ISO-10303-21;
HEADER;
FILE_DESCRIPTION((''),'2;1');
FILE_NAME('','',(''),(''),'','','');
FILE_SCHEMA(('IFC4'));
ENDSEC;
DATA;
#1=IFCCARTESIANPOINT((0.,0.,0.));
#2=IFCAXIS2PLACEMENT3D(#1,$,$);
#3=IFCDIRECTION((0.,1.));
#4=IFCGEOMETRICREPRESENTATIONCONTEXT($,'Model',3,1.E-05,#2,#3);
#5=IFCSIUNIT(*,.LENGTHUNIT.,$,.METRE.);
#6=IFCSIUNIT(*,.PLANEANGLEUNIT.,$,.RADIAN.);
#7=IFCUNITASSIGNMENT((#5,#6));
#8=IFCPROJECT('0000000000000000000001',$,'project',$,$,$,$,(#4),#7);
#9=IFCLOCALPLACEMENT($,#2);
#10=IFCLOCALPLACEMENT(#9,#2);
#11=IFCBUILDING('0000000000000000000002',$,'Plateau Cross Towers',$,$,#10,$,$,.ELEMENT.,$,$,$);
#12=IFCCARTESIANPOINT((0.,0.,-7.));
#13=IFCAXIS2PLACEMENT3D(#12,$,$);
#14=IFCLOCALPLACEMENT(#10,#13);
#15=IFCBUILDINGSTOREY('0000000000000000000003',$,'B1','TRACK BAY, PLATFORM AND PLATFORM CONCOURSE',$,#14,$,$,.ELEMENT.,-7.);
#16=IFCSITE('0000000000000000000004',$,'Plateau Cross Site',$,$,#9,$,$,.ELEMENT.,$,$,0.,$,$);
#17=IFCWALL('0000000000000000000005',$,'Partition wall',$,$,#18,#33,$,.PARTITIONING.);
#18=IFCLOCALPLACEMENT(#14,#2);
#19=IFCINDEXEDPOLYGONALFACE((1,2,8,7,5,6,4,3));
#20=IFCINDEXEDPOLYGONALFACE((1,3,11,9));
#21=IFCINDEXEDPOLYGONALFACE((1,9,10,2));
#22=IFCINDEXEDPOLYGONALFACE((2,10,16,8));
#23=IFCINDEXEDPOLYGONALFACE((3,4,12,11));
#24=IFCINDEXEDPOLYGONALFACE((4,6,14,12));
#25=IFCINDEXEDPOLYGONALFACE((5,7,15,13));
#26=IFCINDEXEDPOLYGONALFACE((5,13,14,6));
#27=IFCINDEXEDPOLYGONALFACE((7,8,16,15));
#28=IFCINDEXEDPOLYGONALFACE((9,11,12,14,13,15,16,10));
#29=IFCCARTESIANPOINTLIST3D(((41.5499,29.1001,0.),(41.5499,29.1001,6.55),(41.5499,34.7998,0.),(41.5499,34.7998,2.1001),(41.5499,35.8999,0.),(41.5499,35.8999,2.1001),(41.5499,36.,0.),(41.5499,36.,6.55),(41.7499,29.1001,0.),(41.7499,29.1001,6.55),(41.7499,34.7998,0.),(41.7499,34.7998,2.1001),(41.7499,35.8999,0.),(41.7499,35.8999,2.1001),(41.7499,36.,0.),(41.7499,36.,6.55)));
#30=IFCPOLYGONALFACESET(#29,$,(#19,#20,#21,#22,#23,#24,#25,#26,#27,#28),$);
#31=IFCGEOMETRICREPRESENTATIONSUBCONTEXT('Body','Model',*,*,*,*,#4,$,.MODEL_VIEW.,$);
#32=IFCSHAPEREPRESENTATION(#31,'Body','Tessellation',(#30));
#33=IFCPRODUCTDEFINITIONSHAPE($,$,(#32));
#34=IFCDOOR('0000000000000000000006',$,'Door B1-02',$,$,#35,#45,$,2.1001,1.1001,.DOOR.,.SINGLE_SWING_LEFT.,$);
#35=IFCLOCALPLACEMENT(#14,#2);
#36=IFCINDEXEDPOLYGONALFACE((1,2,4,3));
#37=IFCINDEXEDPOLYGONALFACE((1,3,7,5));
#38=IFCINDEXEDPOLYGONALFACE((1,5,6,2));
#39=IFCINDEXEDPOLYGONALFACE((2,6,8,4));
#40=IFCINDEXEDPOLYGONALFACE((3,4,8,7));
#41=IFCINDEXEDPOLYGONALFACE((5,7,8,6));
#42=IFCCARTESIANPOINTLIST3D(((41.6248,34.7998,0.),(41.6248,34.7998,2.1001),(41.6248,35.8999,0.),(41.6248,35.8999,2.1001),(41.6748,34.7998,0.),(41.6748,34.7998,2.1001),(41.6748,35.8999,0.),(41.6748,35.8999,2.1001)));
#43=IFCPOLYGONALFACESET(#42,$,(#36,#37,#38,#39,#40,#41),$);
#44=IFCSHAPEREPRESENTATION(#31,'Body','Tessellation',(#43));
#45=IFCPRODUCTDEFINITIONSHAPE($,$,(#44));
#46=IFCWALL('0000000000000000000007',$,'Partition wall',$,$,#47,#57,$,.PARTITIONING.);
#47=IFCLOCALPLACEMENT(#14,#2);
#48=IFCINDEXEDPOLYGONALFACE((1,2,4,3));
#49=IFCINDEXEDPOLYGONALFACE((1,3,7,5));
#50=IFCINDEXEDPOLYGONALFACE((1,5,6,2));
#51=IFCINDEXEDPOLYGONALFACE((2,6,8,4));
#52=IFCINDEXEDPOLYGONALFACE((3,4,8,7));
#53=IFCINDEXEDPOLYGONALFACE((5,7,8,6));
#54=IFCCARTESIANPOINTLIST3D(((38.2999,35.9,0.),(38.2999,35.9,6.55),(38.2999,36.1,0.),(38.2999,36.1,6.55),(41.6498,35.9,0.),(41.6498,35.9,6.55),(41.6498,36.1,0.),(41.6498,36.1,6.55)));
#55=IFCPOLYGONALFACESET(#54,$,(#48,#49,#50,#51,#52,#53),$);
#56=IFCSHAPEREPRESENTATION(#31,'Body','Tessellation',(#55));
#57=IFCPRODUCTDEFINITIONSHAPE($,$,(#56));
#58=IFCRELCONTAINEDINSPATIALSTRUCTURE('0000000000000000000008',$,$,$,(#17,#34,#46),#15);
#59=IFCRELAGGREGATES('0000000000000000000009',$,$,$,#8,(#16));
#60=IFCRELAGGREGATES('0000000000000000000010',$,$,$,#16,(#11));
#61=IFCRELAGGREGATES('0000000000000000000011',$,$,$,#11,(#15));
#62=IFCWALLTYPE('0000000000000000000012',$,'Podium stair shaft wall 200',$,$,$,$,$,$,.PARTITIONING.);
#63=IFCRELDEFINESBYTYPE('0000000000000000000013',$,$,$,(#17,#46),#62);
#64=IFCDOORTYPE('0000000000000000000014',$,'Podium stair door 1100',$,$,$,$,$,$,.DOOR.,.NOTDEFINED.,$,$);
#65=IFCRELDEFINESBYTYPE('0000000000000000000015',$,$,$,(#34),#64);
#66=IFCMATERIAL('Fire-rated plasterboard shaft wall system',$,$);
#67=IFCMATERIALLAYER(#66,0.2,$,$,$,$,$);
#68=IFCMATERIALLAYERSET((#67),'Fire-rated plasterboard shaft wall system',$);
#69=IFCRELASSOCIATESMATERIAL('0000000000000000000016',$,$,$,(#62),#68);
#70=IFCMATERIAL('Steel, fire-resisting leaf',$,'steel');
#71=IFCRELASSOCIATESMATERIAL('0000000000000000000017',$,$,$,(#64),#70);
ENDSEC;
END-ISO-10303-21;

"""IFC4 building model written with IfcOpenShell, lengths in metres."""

from ifc_helpers import new_model, si_unit, direction, frame, frame_2d, origin, place, context, subcontext, project, spatial, rectangle, extrude, material, layer, layer_set, type_object, element, fill, save


model = new_model("IFC4")

# Units and contexts
model_context = context("Model", 3, precision=1e-05, world=origin(), true_north=direction((0.0, 1.0)))
body_context = subcontext(model_context, "Body", "Model", "MODEL_VIEW")
ifc_project = project(units=[si_unit("LENGTHUNIT", "METRE"), si_unit("PLANEANGLEUNIT", "RADIAN")], contexts=[model_context])

# Site, building, storey
site_placement = place(None, origin())
site = spatial("IfcSite", under=ifc_project, at=site_placement, Name="Plateau Cross Site", CompositionType="ELEMENT", RefElevation=0.0)
building_placement = place(site_placement, origin())
building = spatial("IfcBuilding", under=site, at=building_placement, Name="Plateau Cross Towers", CompositionType="ELEMENT")
storey_placement = place(building_placement, frame((0.0, 0.0, -7.0)))
storey = spatial("IfcBuildingStorey", under=building, at=storey_placement, Name="B1", Description="TRACK BAY, PLATFORM AND PLATFORM CONCOURSE", CompositionType="ELEMENT", Elevation=-7.0)

# Wall, opening, door
ifc_material_1 = material(Name="Fire-rated plasterboard shaft wall system")
ifc_layer_1 = layer(ifc_material_1, 0.2)
ifc_layer_set_1 = layer_set([ifc_layer_1], Name="Fire-rated plasterboard shaft wall system")
wall_type_1 = type_object("IfcWallType", Name="Podium stair shaft wall 200", PredefinedType="PARTITIONING", material=ifc_layer_set_1)
wall_1_placement = place(storey_placement, frame((41.6499, 36.0, 0.0), z_axis=(0.0, 0.0, 1.0), x_axis=(0.0, -1.0, 0.0)))
wall_1 = element("IfcWall", 1, at=wall_1_placement, inside=storey, type_object=wall_type_1, Name="Partition wall", PredefinedType="PARTITIONING", context=body_context, shape_type="SweptSolid", body=[
    extrude(rectangle(XDim=6.8999, YDim=0.2, at=frame_2d((3.45, 0.0))), origin(), (0.0, 0.0, 1.0), 6.55),
])
opening_placement = place(wall_1_placement, frame((0.1001, 0.0, 0.0)))
opening = element("IfcOpeningElement", 2, at=opening_placement, cuts=wall_1, PredefinedType="OPENING", context=body_context, shape_type="SweptSolid", body=[
    extrude(rectangle(XDim=1.1001, YDim=2.1001, at=frame_2d((0.55, 1.05))), frame((0.0, 0.1099, 0.0), z_axis=(0.0, -1.0, 0.0), x_axis=(1.0, 0.0, 0.0)), (0.0, 0.0, 1.0), 0.22),
])
ifc_material_2 = material(Name="Steel, fire-resisting leaf", Category="steel")
door_type = type_object("IfcDoorType", Name="Podium stair door 1100", OperationType="NOTDEFINED", PredefinedType="DOOR", material=ifc_material_2)
door_placement = place(opening_placement, origin())
door = element("IfcDoor", 3, at=door_placement, inside=storey, type_object=door_type, Name="Door B1-02", OperationType="SINGLE_SWING_LEFT", OverallHeight=2.1001, OverallWidth=1.1001, PredefinedType="DOOR", context=body_context, shape_type="SweptSolid", body=[
    extrude(rectangle(XDim=1.1001, YDim=2.1001, at=frame_2d((0.55, 1.05))), frame((0.0, 0.0249, 0.0), z_axis=(0.0, -1.0, 0.0), x_axis=(1.0, 0.0, 0.0)), (0.0, 0.0, 1.0), 0.05),
])
fill(opening, door)

# Wall
wall_2_placement = place(storey_placement, frame((38.3, 36.0, 0.0), z_axis=(0.0, 0.0, 1.0), x_axis=(1.0, 0.0, 0.0)))
element("IfcWall", 4, at=wall_2_placement, inside=storey, type_object=wall_type_1, Name="Partition wall", PredefinedType="PARTITIONING", context=body_context, shape_type="SweptSolid", body=[
    extrude(rectangle(XDim=3.3499, YDim=0.2, at=frame_2d((1.6748, 0.0))), origin(), (0.0, 0.0, 1.0), 6.55),
])

save(model, "model.ifc")
